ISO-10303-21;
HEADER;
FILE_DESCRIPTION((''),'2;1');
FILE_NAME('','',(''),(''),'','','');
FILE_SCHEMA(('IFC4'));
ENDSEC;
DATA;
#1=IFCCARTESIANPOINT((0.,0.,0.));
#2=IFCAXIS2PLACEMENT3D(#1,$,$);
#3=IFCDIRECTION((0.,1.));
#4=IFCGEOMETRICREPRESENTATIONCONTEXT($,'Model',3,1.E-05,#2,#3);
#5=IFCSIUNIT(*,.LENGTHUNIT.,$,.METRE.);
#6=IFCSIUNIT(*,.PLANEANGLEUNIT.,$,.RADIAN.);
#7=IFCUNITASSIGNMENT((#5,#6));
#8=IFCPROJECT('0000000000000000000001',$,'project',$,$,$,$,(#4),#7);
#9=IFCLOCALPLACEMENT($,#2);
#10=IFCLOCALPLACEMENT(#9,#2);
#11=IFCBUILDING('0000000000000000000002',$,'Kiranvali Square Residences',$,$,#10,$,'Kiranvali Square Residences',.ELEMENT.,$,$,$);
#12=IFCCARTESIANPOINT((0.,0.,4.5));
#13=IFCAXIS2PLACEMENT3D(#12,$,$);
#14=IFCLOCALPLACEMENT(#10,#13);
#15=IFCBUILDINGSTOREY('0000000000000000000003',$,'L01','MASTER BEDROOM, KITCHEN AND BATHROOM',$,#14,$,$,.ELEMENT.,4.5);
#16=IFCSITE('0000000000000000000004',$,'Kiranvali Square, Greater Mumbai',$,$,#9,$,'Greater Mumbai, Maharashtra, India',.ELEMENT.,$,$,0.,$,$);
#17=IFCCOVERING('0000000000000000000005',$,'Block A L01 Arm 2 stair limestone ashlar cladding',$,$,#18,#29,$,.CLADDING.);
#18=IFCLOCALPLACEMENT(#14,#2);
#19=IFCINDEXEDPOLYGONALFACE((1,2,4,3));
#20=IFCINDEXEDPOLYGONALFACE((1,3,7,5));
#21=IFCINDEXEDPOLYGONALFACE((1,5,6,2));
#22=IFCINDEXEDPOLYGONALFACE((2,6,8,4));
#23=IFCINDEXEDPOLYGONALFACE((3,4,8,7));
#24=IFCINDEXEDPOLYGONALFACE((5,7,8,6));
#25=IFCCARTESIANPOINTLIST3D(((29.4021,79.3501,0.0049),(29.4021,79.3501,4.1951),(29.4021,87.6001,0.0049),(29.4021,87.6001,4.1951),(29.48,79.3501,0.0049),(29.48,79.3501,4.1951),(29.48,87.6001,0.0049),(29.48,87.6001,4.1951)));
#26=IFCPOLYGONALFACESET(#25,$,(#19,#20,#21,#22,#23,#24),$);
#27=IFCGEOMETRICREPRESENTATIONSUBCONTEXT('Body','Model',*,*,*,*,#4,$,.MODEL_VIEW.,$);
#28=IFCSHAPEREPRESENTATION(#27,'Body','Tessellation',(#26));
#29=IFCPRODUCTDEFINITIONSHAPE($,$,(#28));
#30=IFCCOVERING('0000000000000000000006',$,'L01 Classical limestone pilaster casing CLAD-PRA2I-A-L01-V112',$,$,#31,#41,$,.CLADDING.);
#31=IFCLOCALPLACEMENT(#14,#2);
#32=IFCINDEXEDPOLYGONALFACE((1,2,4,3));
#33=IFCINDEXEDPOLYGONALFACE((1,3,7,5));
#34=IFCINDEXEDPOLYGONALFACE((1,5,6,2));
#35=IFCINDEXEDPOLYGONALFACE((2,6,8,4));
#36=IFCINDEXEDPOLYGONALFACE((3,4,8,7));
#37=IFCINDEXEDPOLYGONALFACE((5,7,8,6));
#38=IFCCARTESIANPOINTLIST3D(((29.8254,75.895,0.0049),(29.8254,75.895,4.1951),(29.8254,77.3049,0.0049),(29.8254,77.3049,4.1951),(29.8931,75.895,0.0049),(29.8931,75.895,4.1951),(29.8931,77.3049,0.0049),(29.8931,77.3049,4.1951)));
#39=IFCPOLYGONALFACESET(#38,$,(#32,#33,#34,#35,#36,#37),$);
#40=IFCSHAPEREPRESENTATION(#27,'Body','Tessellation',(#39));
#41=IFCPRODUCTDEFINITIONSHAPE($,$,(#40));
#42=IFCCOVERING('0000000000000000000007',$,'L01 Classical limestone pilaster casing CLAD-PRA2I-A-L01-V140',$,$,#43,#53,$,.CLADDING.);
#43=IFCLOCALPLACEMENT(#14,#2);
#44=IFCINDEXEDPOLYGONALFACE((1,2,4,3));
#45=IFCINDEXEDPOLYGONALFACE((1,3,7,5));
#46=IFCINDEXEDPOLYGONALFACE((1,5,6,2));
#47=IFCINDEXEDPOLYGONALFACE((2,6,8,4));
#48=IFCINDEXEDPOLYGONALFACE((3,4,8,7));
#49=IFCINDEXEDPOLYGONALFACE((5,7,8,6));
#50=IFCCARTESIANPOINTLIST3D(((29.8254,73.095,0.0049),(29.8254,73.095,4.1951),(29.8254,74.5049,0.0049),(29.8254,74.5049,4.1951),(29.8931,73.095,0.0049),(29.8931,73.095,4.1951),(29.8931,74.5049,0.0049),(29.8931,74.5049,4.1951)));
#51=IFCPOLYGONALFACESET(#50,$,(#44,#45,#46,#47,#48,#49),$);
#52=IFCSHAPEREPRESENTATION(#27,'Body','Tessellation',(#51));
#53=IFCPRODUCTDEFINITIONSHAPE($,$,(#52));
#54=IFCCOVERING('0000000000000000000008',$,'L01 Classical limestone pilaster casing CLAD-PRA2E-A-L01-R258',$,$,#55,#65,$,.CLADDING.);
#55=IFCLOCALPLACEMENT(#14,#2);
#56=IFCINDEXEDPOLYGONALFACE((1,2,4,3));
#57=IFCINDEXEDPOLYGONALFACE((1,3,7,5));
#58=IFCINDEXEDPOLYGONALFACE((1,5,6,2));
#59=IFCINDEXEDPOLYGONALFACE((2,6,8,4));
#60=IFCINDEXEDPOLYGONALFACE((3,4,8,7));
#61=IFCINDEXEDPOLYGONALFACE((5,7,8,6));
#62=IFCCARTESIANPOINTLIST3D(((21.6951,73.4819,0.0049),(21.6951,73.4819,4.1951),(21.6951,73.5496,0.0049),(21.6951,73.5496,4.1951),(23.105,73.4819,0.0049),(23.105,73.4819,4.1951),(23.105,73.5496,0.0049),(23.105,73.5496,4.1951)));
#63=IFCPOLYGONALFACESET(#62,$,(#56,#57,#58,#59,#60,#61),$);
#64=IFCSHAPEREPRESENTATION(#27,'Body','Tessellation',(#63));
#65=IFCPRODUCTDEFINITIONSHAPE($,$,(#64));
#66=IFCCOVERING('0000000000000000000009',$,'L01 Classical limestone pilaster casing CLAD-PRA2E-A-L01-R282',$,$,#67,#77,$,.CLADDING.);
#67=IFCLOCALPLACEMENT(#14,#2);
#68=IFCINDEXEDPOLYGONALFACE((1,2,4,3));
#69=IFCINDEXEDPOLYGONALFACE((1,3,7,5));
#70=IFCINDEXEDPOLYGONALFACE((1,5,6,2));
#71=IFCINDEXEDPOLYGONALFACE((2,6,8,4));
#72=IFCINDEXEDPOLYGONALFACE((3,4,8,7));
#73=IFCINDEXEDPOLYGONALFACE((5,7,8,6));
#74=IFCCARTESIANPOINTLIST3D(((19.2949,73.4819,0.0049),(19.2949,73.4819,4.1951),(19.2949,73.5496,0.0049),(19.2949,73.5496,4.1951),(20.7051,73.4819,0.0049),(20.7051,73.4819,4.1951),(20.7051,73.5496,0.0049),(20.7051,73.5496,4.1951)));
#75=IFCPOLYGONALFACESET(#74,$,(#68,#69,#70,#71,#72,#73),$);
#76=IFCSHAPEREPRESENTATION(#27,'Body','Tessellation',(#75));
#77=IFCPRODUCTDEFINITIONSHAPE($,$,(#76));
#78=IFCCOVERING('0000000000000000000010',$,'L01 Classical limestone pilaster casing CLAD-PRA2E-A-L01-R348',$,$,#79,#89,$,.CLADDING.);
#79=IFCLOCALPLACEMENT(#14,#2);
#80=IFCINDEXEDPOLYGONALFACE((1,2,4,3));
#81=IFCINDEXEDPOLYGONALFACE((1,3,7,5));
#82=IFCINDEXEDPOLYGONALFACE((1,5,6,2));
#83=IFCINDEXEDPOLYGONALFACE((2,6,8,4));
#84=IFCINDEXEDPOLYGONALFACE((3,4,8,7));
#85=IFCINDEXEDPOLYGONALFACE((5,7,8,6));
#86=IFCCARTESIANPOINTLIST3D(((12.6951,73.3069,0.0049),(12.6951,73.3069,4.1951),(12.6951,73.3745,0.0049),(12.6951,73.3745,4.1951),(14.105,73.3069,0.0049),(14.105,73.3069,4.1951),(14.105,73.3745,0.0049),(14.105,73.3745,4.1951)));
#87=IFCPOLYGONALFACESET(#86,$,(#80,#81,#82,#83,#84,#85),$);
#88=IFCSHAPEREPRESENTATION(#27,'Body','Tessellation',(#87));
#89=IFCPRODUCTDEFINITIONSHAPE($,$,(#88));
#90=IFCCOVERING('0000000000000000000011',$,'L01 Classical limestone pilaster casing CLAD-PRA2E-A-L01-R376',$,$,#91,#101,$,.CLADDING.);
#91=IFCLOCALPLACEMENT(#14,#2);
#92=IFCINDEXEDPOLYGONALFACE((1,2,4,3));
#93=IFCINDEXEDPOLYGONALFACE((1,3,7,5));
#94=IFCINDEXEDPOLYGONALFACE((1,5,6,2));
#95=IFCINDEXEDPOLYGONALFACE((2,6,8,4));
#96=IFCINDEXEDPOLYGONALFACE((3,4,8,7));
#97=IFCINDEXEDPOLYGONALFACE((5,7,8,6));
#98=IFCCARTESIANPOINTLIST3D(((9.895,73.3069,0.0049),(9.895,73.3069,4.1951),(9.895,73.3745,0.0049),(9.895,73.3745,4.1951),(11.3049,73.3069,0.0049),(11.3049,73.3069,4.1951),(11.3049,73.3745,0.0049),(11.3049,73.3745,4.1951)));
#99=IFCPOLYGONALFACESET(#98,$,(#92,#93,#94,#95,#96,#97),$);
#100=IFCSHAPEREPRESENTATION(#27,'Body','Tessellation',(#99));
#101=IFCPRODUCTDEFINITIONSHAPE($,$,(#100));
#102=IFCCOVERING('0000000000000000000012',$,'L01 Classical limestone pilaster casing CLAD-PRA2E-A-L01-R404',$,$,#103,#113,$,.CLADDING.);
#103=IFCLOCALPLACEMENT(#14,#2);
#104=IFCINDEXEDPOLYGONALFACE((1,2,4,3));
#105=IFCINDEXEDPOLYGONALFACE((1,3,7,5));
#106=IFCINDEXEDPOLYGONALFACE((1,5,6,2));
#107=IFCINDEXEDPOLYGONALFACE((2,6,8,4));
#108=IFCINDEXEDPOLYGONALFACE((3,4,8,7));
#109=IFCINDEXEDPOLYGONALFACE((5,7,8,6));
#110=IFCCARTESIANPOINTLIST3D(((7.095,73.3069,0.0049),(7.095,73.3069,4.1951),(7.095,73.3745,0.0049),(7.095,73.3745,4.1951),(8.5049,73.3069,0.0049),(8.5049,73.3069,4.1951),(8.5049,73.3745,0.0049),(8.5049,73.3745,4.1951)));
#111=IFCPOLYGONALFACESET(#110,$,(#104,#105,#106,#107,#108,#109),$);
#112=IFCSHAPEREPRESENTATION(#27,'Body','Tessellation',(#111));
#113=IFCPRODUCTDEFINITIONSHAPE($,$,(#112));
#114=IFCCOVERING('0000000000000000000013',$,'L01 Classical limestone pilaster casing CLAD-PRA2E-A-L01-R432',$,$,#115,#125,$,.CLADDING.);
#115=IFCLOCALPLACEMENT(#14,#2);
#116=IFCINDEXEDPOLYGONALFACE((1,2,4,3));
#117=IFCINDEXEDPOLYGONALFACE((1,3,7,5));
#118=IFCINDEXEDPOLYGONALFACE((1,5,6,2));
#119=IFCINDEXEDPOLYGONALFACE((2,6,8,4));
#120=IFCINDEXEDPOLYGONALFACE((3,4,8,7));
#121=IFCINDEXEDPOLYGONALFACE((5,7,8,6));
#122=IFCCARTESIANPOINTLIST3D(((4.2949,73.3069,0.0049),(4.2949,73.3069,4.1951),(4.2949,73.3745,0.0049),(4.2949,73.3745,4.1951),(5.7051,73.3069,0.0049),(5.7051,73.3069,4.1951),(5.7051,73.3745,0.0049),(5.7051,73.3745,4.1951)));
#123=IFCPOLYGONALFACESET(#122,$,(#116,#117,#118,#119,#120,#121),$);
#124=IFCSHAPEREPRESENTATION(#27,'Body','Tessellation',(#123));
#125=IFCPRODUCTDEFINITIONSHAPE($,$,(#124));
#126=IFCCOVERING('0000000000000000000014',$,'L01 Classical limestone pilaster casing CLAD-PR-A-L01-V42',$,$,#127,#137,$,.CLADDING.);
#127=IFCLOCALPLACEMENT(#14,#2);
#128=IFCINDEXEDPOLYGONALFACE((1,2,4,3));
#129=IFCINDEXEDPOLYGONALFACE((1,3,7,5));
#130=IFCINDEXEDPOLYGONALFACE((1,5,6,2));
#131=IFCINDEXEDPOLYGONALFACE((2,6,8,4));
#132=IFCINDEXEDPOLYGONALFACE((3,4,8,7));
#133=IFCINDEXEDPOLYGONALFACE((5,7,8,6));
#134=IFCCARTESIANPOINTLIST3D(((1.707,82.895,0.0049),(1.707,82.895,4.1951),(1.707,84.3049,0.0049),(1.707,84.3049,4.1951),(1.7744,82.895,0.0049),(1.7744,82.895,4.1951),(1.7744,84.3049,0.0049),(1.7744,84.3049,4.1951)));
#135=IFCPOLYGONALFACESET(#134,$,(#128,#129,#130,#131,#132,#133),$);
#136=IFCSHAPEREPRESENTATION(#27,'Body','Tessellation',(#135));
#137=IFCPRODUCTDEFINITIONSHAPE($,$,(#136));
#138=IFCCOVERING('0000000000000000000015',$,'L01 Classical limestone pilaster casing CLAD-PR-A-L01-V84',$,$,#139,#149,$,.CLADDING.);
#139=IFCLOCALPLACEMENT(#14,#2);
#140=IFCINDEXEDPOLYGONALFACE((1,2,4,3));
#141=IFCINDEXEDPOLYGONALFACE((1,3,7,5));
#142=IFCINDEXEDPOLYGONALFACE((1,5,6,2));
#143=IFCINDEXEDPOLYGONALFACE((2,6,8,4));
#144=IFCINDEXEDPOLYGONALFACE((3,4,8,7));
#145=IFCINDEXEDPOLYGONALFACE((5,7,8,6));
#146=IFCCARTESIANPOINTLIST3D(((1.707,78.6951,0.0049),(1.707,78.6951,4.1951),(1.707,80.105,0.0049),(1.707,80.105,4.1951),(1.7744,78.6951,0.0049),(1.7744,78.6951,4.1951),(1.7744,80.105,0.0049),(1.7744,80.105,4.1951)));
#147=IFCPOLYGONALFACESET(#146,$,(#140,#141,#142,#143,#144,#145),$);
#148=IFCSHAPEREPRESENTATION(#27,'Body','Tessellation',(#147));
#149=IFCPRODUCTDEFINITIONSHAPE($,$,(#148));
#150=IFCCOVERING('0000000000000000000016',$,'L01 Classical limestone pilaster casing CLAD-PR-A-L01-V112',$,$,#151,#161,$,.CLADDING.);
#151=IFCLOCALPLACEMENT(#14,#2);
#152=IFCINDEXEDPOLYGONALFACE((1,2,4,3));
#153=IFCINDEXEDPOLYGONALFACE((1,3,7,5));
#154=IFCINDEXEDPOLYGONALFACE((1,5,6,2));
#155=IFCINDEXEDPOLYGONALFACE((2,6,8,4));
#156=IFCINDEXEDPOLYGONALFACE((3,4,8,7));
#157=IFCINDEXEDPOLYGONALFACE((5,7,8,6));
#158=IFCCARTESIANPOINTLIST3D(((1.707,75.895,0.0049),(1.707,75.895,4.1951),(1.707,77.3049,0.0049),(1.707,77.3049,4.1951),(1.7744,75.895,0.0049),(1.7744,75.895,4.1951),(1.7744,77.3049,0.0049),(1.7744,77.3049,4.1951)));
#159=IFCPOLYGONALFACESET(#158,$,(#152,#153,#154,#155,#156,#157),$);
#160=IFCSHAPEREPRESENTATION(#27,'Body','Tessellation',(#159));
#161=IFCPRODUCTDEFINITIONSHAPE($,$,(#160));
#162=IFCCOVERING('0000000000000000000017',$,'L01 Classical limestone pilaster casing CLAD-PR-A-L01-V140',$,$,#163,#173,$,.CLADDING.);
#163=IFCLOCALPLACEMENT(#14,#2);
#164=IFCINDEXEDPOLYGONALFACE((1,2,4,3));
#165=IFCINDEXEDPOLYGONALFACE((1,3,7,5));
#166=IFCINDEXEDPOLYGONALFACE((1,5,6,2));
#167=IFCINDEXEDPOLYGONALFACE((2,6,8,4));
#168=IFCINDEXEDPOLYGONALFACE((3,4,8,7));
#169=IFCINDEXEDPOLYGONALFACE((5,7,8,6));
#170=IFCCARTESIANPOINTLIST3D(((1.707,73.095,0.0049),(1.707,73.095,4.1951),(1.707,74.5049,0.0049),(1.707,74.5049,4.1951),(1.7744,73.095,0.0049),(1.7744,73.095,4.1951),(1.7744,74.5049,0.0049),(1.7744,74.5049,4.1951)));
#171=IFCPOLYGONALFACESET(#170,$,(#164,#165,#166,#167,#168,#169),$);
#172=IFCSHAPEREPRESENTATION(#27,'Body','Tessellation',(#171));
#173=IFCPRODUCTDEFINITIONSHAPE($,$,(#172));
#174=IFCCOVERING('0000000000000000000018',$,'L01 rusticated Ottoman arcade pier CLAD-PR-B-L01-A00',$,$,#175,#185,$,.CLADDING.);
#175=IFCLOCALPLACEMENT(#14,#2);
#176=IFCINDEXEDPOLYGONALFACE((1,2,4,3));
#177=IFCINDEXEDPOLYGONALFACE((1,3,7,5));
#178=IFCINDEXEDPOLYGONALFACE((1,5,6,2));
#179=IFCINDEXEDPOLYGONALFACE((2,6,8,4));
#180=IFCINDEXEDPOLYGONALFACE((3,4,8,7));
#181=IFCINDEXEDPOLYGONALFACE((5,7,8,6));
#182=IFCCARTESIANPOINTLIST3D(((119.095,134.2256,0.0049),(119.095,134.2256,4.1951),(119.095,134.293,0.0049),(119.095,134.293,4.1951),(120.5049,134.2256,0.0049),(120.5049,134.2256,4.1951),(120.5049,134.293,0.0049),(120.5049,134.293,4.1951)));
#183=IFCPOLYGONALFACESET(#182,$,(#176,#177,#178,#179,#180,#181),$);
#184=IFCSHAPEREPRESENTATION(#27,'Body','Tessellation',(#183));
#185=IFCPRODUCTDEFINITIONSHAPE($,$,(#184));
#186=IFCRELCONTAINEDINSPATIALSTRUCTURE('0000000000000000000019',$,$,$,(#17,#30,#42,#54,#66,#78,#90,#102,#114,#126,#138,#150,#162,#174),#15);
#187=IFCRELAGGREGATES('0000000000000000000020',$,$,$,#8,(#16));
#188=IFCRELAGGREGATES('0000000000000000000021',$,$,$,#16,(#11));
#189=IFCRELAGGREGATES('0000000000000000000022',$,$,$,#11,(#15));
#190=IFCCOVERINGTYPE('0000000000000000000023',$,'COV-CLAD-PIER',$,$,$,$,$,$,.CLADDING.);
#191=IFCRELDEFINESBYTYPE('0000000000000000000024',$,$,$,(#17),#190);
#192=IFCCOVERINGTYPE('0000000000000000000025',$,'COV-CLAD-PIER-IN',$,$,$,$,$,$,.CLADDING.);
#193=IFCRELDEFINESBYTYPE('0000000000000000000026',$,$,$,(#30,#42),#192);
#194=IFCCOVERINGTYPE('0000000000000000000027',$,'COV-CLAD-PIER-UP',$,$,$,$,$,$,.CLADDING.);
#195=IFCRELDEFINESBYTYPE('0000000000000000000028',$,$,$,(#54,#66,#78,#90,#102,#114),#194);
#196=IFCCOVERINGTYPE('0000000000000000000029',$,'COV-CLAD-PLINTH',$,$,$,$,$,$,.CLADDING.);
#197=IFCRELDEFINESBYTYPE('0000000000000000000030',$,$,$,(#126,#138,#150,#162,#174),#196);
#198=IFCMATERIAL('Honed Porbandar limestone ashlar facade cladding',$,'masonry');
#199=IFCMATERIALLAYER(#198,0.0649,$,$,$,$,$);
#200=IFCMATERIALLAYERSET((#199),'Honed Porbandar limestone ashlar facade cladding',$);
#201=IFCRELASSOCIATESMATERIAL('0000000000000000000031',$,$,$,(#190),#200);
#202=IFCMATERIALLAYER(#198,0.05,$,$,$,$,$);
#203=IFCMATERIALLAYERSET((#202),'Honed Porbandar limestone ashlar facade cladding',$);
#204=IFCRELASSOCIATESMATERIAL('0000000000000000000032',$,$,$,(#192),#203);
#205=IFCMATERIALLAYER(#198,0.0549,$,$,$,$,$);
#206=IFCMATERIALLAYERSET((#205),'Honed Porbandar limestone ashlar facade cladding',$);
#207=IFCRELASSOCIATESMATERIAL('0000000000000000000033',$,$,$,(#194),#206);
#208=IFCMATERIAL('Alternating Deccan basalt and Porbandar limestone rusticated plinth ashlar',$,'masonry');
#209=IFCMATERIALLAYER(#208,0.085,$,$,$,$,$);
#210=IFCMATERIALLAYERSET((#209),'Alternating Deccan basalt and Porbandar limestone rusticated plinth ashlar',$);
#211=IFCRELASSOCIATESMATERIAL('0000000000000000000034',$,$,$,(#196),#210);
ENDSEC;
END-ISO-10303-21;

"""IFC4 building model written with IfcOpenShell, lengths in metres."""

from ifc_helpers import new_model, si_unit, direction, frame, origin, place, context, subcontext, project, spatial, polyline, outline, extrude, material, layer, layer_set, type_object, element, save


model = new_model("IFC4")

# Units and contexts
model_context = context("Model", 3, precision=1e-05, world=origin(), true_north=direction((0.0, 1.0)))
body_context = subcontext(model_context, "Body", "Model", "MODEL_VIEW")
ifc_project = project(units=[si_unit("LENGTHUNIT", "METRE"), si_unit("PLANEANGLEUNIT", "RADIAN")], contexts=[model_context])

# Site, building, storey
site_placement = place(None, origin())
site = spatial("IfcSite", under=ifc_project, at=site_placement, Name="Kiranvali Square, Greater Mumbai", LongName="Greater Mumbai, Maharashtra, India", CompositionType="ELEMENT", RefElevation=0.0)
building_placement = place(site_placement, origin())
building = spatial("IfcBuilding", under=site, at=building_placement, Name="Kiranvali Square Residences", LongName="Kiranvali Square Residences", CompositionType="ELEMENT")
storey_placement = place(building_placement, frame((0.0, 0.0, 4.5)))
storey = spatial("IfcBuildingStorey", under=building, at=storey_placement, Name="L01", Description="MASTER BEDROOM, KITCHEN AND BATHROOM", CompositionType="ELEMENT", Elevation=4.5)

# Coverings
ifc_material_1 = material(Name="Honed Porbandar limestone ashlar facade cladding", Category="masonry")
ifc_layer_1 = layer(ifc_material_1, 0.0649)
ifc_layer_set_1 = layer_set([ifc_layer_1], Name="Honed Porbandar limestone ashlar facade cladding")
covering_type_1 = type_object("IfcCoveringType", Name="COV-CLAD-PIER", PredefinedType="CLADDING", material=ifc_layer_set_1)
covering_1_placement = place(storey_placement, frame((0.0, 0.0, 0.0049)))
element("IfcCovering", 1, at=covering_1_placement, inside=storey, type_object=covering_type_1, Name="Block A L01 Arm 2 stair limestone ashlar cladding", PredefinedType="CLADDING", context=body_context, shape_type="SweptSolid", body=[
    extrude(outline(polyline([(29.4021, 87.6001), (29.4021, 79.3501), (29.48, 79.3501), (29.48, 87.6001), (29.4021, 87.6001)])), origin(), (0.0, 0.0, 1.0), 4.1902),
])
ifc_layer_2 = layer(ifc_material_1, 0.05)
ifc_layer_set_2 = layer_set([ifc_layer_2], Name="Honed Porbandar limestone ashlar facade cladding")
covering_type_2 = type_object("IfcCoveringType", Name="COV-CLAD-PIER-IN", PredefinedType="CLADDING", material=ifc_layer_set_2)
covering_2_placement = place(storey_placement, frame((0.0, 0.0, 0.0049)))
element("IfcCovering", 2, at=covering_2_placement, inside=storey, type_object=covering_type_2, Name="L01 Classical limestone pilaster casing CLAD-PRA2I-A-L01-V112", PredefinedType="CLADDING", context=body_context, shape_type="SweptSolid", body=[
    extrude(outline(polyline([(29.8254, 77.3049), (29.8254, 75.895), (29.8931, 75.895), (29.8931, 77.3049), (29.8254, 77.3049)])), origin(), (0.0, 0.0, 1.0), 4.1902),
])
covering_3_placement = place(storey_placement, frame((0.0, 0.0, 0.0049)))
element("IfcCovering", 3, at=covering_3_placement, inside=storey, type_object=covering_type_2, Name="L01 Classical limestone pilaster casing CLAD-PRA2I-A-L01-V140", PredefinedType="CLADDING", context=body_context, shape_type="SweptSolid", body=[
    extrude(outline(polyline([(29.8254, 74.5049), (29.8254, 73.095), (29.8931, 73.095), (29.8931, 74.5049), (29.8254, 74.5049)])), origin(), (0.0, 0.0, 1.0), 4.1902),
])
ifc_layer_3 = layer(ifc_material_1, 0.0549)
ifc_layer_set_3 = layer_set([ifc_layer_3], Name="Honed Porbandar limestone ashlar facade cladding")
covering_type_3 = type_object("IfcCoveringType", Name="COV-CLAD-PIER-UP", PredefinedType="CLADDING", material=ifc_layer_set_3)
covering_4_placement = place(storey_placement, frame((0.0, 0.0, 0.0049)))
element("IfcCovering", 4, at=covering_4_placement, inside=storey, type_object=covering_type_3, Name="L01 Classical limestone pilaster casing CLAD-PRA2E-A-L01-R258", PredefinedType="CLADDING", context=body_context, shape_type="SweptSolid", body=[
    extrude(outline(polyline([(23.105, 73.5496), (21.6951, 73.5496), (21.6951, 73.4819), (23.105, 73.4819), (23.105, 73.5496)])), origin(), (0.0, 0.0, 1.0), 4.1902),
])
covering_5_placement = place(storey_placement, frame((0.0, 0.0, 0.0049)))
element("IfcCovering", 5, at=covering_5_placement, inside=storey, type_object=covering_type_3, Name="L01 Classical limestone pilaster casing CLAD-PRA2E-A-L01-R282", PredefinedType="CLADDING", context=body_context, shape_type="SweptSolid", body=[
    extrude(outline(polyline([(20.7051, 73.5496), (19.2949, 73.5496), (19.2949, 73.4819), (20.7051, 73.4819), (20.7051, 73.5496)])), origin(), (0.0, 0.0, 1.0), 4.1902),
])
covering_6_placement = place(storey_placement, frame((0.0, 0.0, 0.0049)))
element("IfcCovering", 6, at=covering_6_placement, inside=storey, type_object=covering_type_3, Name="L01 Classical limestone pilaster casing CLAD-PRA2E-A-L01-R348", PredefinedType="CLADDING", context=body_context, shape_type="SweptSolid", body=[
    extrude(outline(polyline([(14.105, 73.3745), (12.6951, 73.3745), (12.6951, 73.3069), (14.105, 73.3069), (14.105, 73.3745)])), origin(), (0.0, 0.0, 1.0), 4.1902),
])
covering_7_placement = place(storey_placement, frame((0.0, 0.0, 0.0049)))
element("IfcCovering", 7, at=covering_7_placement, inside=storey, type_object=covering_type_3, Name="L01 Classical limestone pilaster casing CLAD-PRA2E-A-L01-R376", PredefinedType="CLADDING", context=body_context, shape_type="SweptSolid", body=[
    extrude(outline(polyline([(11.3049, 73.3745), (9.895, 73.3745), (9.895, 73.3069), (11.3049, 73.3069), (11.3049, 73.3745)])), origin(), (0.0, 0.0, 1.0), 4.1902),
])
covering_8_placement = place(storey_placement, frame((0.0, 0.0, 0.0049)))
element("IfcCovering", 8, at=covering_8_placement, inside=storey, type_object=covering_type_3, Name="L01 Classical limestone pilaster casing CLAD-PRA2E-A-L01-R404", PredefinedType="CLADDING", context=body_context, shape_type="SweptSolid", body=[
    extrude(outline(polyline([(8.5049, 73.3745), (7.095, 73.3745), (7.095, 73.3069), (8.5049, 73.3069), (8.5049, 73.3745)])), origin(), (0.0, 0.0, 1.0), 4.1902),
])
covering_9_placement = place(storey_placement, frame((0.0, 0.0, 0.0049)))
element("IfcCovering", 9, at=covering_9_placement, inside=storey, type_object=covering_type_3, Name="L01 Classical limestone pilaster casing CLAD-PRA2E-A-L01-R432", PredefinedType="CLADDING", context=body_context, shape_type="SweptSolid", body=[
    extrude(outline(polyline([(5.7051, 73.3745), (4.2949, 73.3745), (4.2949, 73.3069), (5.7051, 73.3069), (5.7051, 73.3745)])), origin(), (0.0, 0.0, 1.0), 4.1902),
])
ifc_material_2 = material(Name="Alternating Deccan basalt and Porbandar limestone rusticated plinth ashlar", Category="masonry")
ifc_layer_4 = layer(ifc_material_2, 0.085)
ifc_layer_set_4 = layer_set([ifc_layer_4], Name="Alternating Deccan basalt and Porbandar limestone rusticated plinth ashlar")
covering_type_4 = type_object("IfcCoveringType", Name="COV-CLAD-PLINTH", PredefinedType="CLADDING", material=ifc_layer_set_4)
covering_10_placement = place(storey_placement, frame((0.0, 0.0, 0.0049)))
element("IfcCovering", 10, at=covering_10_placement, inside=storey, type_object=covering_type_4, Name="L01 Classical limestone pilaster casing CLAD-PR-A-L01-V42", PredefinedType="CLADDING", context=body_context, shape_type="SweptSolid", body=[
    extrude(outline(polyline([(1.707, 84.3049), (1.707, 82.895), (1.7744, 82.895), (1.7744, 84.3049), (1.707, 84.3049)])), origin(), (0.0, 0.0, 1.0), 4.1902),
])
covering_11_placement = place(storey_placement, frame((0.0, 0.0, 0.0049)))
element("IfcCovering", 11, at=covering_11_placement, inside=storey, type_object=covering_type_4, Name="L01 Classical limestone pilaster casing CLAD-PR-A-L01-V84", PredefinedType="CLADDING", context=body_context, shape_type="SweptSolid", body=[
    extrude(outline(polyline([(1.707, 80.105), (1.707, 78.6951), (1.7744, 78.6951), (1.7744, 80.105), (1.707, 80.105)])), origin(), (0.0, 0.0, 1.0), 4.1902),
])
covering_12_placement = place(storey_placement, frame((0.0, 0.0, 0.0049)))
element("IfcCovering", 12, at=covering_12_placement, inside=storey, type_object=covering_type_4, Name="L01 Classical limestone pilaster casing CLAD-PR-A-L01-V112", PredefinedType="CLADDING", context=body_context, shape_type="SweptSolid", body=[
    extrude(outline(polyline([(1.707, 77.3049), (1.707, 75.895), (1.7744, 75.895), (1.7744, 77.3049), (1.707, 77.3049)])), origin(), (0.0, 0.0, 1.0), 4.1902),
])
covering_13_placement = place(storey_placement, frame((0.0, 0.0, 0.0049)))
element("IfcCovering", 13, at=covering_13_placement, inside=storey, type_object=covering_type_4, Name="L01 Classical limestone pilaster casing CLAD-PR-A-L01-V140", PredefinedType="CLADDING", context=body_context, shape_type="SweptSolid", body=[
    extrude(outline(polyline([(1.707, 74.5049), (1.707, 73.095), (1.7744, 73.095), (1.7744, 74.5049), (1.707, 74.5049)])), origin(), (0.0, 0.0, 1.0), 4.1902),
])
covering_14_placement = place(storey_placement, frame((0.0, 0.0, 0.0049)))
element("IfcCovering", 14, at=covering_14_placement, inside=storey, type_object=covering_type_4, Name="L01 rusticated Ottoman arcade pier CLAD-PR-B-L01-A00", PredefinedType="CLADDING", context=body_context, shape_type="SweptSolid", body=[
    extrude(outline(polyline([(120.5049, 134.293), (119.095, 134.293), (119.095, 134.2256), (120.5049, 134.2256), (120.5049, 134.293)])), origin(), (0.0, 0.0, 1.0), 4.1902),
])

save(model, "model.ifc")
